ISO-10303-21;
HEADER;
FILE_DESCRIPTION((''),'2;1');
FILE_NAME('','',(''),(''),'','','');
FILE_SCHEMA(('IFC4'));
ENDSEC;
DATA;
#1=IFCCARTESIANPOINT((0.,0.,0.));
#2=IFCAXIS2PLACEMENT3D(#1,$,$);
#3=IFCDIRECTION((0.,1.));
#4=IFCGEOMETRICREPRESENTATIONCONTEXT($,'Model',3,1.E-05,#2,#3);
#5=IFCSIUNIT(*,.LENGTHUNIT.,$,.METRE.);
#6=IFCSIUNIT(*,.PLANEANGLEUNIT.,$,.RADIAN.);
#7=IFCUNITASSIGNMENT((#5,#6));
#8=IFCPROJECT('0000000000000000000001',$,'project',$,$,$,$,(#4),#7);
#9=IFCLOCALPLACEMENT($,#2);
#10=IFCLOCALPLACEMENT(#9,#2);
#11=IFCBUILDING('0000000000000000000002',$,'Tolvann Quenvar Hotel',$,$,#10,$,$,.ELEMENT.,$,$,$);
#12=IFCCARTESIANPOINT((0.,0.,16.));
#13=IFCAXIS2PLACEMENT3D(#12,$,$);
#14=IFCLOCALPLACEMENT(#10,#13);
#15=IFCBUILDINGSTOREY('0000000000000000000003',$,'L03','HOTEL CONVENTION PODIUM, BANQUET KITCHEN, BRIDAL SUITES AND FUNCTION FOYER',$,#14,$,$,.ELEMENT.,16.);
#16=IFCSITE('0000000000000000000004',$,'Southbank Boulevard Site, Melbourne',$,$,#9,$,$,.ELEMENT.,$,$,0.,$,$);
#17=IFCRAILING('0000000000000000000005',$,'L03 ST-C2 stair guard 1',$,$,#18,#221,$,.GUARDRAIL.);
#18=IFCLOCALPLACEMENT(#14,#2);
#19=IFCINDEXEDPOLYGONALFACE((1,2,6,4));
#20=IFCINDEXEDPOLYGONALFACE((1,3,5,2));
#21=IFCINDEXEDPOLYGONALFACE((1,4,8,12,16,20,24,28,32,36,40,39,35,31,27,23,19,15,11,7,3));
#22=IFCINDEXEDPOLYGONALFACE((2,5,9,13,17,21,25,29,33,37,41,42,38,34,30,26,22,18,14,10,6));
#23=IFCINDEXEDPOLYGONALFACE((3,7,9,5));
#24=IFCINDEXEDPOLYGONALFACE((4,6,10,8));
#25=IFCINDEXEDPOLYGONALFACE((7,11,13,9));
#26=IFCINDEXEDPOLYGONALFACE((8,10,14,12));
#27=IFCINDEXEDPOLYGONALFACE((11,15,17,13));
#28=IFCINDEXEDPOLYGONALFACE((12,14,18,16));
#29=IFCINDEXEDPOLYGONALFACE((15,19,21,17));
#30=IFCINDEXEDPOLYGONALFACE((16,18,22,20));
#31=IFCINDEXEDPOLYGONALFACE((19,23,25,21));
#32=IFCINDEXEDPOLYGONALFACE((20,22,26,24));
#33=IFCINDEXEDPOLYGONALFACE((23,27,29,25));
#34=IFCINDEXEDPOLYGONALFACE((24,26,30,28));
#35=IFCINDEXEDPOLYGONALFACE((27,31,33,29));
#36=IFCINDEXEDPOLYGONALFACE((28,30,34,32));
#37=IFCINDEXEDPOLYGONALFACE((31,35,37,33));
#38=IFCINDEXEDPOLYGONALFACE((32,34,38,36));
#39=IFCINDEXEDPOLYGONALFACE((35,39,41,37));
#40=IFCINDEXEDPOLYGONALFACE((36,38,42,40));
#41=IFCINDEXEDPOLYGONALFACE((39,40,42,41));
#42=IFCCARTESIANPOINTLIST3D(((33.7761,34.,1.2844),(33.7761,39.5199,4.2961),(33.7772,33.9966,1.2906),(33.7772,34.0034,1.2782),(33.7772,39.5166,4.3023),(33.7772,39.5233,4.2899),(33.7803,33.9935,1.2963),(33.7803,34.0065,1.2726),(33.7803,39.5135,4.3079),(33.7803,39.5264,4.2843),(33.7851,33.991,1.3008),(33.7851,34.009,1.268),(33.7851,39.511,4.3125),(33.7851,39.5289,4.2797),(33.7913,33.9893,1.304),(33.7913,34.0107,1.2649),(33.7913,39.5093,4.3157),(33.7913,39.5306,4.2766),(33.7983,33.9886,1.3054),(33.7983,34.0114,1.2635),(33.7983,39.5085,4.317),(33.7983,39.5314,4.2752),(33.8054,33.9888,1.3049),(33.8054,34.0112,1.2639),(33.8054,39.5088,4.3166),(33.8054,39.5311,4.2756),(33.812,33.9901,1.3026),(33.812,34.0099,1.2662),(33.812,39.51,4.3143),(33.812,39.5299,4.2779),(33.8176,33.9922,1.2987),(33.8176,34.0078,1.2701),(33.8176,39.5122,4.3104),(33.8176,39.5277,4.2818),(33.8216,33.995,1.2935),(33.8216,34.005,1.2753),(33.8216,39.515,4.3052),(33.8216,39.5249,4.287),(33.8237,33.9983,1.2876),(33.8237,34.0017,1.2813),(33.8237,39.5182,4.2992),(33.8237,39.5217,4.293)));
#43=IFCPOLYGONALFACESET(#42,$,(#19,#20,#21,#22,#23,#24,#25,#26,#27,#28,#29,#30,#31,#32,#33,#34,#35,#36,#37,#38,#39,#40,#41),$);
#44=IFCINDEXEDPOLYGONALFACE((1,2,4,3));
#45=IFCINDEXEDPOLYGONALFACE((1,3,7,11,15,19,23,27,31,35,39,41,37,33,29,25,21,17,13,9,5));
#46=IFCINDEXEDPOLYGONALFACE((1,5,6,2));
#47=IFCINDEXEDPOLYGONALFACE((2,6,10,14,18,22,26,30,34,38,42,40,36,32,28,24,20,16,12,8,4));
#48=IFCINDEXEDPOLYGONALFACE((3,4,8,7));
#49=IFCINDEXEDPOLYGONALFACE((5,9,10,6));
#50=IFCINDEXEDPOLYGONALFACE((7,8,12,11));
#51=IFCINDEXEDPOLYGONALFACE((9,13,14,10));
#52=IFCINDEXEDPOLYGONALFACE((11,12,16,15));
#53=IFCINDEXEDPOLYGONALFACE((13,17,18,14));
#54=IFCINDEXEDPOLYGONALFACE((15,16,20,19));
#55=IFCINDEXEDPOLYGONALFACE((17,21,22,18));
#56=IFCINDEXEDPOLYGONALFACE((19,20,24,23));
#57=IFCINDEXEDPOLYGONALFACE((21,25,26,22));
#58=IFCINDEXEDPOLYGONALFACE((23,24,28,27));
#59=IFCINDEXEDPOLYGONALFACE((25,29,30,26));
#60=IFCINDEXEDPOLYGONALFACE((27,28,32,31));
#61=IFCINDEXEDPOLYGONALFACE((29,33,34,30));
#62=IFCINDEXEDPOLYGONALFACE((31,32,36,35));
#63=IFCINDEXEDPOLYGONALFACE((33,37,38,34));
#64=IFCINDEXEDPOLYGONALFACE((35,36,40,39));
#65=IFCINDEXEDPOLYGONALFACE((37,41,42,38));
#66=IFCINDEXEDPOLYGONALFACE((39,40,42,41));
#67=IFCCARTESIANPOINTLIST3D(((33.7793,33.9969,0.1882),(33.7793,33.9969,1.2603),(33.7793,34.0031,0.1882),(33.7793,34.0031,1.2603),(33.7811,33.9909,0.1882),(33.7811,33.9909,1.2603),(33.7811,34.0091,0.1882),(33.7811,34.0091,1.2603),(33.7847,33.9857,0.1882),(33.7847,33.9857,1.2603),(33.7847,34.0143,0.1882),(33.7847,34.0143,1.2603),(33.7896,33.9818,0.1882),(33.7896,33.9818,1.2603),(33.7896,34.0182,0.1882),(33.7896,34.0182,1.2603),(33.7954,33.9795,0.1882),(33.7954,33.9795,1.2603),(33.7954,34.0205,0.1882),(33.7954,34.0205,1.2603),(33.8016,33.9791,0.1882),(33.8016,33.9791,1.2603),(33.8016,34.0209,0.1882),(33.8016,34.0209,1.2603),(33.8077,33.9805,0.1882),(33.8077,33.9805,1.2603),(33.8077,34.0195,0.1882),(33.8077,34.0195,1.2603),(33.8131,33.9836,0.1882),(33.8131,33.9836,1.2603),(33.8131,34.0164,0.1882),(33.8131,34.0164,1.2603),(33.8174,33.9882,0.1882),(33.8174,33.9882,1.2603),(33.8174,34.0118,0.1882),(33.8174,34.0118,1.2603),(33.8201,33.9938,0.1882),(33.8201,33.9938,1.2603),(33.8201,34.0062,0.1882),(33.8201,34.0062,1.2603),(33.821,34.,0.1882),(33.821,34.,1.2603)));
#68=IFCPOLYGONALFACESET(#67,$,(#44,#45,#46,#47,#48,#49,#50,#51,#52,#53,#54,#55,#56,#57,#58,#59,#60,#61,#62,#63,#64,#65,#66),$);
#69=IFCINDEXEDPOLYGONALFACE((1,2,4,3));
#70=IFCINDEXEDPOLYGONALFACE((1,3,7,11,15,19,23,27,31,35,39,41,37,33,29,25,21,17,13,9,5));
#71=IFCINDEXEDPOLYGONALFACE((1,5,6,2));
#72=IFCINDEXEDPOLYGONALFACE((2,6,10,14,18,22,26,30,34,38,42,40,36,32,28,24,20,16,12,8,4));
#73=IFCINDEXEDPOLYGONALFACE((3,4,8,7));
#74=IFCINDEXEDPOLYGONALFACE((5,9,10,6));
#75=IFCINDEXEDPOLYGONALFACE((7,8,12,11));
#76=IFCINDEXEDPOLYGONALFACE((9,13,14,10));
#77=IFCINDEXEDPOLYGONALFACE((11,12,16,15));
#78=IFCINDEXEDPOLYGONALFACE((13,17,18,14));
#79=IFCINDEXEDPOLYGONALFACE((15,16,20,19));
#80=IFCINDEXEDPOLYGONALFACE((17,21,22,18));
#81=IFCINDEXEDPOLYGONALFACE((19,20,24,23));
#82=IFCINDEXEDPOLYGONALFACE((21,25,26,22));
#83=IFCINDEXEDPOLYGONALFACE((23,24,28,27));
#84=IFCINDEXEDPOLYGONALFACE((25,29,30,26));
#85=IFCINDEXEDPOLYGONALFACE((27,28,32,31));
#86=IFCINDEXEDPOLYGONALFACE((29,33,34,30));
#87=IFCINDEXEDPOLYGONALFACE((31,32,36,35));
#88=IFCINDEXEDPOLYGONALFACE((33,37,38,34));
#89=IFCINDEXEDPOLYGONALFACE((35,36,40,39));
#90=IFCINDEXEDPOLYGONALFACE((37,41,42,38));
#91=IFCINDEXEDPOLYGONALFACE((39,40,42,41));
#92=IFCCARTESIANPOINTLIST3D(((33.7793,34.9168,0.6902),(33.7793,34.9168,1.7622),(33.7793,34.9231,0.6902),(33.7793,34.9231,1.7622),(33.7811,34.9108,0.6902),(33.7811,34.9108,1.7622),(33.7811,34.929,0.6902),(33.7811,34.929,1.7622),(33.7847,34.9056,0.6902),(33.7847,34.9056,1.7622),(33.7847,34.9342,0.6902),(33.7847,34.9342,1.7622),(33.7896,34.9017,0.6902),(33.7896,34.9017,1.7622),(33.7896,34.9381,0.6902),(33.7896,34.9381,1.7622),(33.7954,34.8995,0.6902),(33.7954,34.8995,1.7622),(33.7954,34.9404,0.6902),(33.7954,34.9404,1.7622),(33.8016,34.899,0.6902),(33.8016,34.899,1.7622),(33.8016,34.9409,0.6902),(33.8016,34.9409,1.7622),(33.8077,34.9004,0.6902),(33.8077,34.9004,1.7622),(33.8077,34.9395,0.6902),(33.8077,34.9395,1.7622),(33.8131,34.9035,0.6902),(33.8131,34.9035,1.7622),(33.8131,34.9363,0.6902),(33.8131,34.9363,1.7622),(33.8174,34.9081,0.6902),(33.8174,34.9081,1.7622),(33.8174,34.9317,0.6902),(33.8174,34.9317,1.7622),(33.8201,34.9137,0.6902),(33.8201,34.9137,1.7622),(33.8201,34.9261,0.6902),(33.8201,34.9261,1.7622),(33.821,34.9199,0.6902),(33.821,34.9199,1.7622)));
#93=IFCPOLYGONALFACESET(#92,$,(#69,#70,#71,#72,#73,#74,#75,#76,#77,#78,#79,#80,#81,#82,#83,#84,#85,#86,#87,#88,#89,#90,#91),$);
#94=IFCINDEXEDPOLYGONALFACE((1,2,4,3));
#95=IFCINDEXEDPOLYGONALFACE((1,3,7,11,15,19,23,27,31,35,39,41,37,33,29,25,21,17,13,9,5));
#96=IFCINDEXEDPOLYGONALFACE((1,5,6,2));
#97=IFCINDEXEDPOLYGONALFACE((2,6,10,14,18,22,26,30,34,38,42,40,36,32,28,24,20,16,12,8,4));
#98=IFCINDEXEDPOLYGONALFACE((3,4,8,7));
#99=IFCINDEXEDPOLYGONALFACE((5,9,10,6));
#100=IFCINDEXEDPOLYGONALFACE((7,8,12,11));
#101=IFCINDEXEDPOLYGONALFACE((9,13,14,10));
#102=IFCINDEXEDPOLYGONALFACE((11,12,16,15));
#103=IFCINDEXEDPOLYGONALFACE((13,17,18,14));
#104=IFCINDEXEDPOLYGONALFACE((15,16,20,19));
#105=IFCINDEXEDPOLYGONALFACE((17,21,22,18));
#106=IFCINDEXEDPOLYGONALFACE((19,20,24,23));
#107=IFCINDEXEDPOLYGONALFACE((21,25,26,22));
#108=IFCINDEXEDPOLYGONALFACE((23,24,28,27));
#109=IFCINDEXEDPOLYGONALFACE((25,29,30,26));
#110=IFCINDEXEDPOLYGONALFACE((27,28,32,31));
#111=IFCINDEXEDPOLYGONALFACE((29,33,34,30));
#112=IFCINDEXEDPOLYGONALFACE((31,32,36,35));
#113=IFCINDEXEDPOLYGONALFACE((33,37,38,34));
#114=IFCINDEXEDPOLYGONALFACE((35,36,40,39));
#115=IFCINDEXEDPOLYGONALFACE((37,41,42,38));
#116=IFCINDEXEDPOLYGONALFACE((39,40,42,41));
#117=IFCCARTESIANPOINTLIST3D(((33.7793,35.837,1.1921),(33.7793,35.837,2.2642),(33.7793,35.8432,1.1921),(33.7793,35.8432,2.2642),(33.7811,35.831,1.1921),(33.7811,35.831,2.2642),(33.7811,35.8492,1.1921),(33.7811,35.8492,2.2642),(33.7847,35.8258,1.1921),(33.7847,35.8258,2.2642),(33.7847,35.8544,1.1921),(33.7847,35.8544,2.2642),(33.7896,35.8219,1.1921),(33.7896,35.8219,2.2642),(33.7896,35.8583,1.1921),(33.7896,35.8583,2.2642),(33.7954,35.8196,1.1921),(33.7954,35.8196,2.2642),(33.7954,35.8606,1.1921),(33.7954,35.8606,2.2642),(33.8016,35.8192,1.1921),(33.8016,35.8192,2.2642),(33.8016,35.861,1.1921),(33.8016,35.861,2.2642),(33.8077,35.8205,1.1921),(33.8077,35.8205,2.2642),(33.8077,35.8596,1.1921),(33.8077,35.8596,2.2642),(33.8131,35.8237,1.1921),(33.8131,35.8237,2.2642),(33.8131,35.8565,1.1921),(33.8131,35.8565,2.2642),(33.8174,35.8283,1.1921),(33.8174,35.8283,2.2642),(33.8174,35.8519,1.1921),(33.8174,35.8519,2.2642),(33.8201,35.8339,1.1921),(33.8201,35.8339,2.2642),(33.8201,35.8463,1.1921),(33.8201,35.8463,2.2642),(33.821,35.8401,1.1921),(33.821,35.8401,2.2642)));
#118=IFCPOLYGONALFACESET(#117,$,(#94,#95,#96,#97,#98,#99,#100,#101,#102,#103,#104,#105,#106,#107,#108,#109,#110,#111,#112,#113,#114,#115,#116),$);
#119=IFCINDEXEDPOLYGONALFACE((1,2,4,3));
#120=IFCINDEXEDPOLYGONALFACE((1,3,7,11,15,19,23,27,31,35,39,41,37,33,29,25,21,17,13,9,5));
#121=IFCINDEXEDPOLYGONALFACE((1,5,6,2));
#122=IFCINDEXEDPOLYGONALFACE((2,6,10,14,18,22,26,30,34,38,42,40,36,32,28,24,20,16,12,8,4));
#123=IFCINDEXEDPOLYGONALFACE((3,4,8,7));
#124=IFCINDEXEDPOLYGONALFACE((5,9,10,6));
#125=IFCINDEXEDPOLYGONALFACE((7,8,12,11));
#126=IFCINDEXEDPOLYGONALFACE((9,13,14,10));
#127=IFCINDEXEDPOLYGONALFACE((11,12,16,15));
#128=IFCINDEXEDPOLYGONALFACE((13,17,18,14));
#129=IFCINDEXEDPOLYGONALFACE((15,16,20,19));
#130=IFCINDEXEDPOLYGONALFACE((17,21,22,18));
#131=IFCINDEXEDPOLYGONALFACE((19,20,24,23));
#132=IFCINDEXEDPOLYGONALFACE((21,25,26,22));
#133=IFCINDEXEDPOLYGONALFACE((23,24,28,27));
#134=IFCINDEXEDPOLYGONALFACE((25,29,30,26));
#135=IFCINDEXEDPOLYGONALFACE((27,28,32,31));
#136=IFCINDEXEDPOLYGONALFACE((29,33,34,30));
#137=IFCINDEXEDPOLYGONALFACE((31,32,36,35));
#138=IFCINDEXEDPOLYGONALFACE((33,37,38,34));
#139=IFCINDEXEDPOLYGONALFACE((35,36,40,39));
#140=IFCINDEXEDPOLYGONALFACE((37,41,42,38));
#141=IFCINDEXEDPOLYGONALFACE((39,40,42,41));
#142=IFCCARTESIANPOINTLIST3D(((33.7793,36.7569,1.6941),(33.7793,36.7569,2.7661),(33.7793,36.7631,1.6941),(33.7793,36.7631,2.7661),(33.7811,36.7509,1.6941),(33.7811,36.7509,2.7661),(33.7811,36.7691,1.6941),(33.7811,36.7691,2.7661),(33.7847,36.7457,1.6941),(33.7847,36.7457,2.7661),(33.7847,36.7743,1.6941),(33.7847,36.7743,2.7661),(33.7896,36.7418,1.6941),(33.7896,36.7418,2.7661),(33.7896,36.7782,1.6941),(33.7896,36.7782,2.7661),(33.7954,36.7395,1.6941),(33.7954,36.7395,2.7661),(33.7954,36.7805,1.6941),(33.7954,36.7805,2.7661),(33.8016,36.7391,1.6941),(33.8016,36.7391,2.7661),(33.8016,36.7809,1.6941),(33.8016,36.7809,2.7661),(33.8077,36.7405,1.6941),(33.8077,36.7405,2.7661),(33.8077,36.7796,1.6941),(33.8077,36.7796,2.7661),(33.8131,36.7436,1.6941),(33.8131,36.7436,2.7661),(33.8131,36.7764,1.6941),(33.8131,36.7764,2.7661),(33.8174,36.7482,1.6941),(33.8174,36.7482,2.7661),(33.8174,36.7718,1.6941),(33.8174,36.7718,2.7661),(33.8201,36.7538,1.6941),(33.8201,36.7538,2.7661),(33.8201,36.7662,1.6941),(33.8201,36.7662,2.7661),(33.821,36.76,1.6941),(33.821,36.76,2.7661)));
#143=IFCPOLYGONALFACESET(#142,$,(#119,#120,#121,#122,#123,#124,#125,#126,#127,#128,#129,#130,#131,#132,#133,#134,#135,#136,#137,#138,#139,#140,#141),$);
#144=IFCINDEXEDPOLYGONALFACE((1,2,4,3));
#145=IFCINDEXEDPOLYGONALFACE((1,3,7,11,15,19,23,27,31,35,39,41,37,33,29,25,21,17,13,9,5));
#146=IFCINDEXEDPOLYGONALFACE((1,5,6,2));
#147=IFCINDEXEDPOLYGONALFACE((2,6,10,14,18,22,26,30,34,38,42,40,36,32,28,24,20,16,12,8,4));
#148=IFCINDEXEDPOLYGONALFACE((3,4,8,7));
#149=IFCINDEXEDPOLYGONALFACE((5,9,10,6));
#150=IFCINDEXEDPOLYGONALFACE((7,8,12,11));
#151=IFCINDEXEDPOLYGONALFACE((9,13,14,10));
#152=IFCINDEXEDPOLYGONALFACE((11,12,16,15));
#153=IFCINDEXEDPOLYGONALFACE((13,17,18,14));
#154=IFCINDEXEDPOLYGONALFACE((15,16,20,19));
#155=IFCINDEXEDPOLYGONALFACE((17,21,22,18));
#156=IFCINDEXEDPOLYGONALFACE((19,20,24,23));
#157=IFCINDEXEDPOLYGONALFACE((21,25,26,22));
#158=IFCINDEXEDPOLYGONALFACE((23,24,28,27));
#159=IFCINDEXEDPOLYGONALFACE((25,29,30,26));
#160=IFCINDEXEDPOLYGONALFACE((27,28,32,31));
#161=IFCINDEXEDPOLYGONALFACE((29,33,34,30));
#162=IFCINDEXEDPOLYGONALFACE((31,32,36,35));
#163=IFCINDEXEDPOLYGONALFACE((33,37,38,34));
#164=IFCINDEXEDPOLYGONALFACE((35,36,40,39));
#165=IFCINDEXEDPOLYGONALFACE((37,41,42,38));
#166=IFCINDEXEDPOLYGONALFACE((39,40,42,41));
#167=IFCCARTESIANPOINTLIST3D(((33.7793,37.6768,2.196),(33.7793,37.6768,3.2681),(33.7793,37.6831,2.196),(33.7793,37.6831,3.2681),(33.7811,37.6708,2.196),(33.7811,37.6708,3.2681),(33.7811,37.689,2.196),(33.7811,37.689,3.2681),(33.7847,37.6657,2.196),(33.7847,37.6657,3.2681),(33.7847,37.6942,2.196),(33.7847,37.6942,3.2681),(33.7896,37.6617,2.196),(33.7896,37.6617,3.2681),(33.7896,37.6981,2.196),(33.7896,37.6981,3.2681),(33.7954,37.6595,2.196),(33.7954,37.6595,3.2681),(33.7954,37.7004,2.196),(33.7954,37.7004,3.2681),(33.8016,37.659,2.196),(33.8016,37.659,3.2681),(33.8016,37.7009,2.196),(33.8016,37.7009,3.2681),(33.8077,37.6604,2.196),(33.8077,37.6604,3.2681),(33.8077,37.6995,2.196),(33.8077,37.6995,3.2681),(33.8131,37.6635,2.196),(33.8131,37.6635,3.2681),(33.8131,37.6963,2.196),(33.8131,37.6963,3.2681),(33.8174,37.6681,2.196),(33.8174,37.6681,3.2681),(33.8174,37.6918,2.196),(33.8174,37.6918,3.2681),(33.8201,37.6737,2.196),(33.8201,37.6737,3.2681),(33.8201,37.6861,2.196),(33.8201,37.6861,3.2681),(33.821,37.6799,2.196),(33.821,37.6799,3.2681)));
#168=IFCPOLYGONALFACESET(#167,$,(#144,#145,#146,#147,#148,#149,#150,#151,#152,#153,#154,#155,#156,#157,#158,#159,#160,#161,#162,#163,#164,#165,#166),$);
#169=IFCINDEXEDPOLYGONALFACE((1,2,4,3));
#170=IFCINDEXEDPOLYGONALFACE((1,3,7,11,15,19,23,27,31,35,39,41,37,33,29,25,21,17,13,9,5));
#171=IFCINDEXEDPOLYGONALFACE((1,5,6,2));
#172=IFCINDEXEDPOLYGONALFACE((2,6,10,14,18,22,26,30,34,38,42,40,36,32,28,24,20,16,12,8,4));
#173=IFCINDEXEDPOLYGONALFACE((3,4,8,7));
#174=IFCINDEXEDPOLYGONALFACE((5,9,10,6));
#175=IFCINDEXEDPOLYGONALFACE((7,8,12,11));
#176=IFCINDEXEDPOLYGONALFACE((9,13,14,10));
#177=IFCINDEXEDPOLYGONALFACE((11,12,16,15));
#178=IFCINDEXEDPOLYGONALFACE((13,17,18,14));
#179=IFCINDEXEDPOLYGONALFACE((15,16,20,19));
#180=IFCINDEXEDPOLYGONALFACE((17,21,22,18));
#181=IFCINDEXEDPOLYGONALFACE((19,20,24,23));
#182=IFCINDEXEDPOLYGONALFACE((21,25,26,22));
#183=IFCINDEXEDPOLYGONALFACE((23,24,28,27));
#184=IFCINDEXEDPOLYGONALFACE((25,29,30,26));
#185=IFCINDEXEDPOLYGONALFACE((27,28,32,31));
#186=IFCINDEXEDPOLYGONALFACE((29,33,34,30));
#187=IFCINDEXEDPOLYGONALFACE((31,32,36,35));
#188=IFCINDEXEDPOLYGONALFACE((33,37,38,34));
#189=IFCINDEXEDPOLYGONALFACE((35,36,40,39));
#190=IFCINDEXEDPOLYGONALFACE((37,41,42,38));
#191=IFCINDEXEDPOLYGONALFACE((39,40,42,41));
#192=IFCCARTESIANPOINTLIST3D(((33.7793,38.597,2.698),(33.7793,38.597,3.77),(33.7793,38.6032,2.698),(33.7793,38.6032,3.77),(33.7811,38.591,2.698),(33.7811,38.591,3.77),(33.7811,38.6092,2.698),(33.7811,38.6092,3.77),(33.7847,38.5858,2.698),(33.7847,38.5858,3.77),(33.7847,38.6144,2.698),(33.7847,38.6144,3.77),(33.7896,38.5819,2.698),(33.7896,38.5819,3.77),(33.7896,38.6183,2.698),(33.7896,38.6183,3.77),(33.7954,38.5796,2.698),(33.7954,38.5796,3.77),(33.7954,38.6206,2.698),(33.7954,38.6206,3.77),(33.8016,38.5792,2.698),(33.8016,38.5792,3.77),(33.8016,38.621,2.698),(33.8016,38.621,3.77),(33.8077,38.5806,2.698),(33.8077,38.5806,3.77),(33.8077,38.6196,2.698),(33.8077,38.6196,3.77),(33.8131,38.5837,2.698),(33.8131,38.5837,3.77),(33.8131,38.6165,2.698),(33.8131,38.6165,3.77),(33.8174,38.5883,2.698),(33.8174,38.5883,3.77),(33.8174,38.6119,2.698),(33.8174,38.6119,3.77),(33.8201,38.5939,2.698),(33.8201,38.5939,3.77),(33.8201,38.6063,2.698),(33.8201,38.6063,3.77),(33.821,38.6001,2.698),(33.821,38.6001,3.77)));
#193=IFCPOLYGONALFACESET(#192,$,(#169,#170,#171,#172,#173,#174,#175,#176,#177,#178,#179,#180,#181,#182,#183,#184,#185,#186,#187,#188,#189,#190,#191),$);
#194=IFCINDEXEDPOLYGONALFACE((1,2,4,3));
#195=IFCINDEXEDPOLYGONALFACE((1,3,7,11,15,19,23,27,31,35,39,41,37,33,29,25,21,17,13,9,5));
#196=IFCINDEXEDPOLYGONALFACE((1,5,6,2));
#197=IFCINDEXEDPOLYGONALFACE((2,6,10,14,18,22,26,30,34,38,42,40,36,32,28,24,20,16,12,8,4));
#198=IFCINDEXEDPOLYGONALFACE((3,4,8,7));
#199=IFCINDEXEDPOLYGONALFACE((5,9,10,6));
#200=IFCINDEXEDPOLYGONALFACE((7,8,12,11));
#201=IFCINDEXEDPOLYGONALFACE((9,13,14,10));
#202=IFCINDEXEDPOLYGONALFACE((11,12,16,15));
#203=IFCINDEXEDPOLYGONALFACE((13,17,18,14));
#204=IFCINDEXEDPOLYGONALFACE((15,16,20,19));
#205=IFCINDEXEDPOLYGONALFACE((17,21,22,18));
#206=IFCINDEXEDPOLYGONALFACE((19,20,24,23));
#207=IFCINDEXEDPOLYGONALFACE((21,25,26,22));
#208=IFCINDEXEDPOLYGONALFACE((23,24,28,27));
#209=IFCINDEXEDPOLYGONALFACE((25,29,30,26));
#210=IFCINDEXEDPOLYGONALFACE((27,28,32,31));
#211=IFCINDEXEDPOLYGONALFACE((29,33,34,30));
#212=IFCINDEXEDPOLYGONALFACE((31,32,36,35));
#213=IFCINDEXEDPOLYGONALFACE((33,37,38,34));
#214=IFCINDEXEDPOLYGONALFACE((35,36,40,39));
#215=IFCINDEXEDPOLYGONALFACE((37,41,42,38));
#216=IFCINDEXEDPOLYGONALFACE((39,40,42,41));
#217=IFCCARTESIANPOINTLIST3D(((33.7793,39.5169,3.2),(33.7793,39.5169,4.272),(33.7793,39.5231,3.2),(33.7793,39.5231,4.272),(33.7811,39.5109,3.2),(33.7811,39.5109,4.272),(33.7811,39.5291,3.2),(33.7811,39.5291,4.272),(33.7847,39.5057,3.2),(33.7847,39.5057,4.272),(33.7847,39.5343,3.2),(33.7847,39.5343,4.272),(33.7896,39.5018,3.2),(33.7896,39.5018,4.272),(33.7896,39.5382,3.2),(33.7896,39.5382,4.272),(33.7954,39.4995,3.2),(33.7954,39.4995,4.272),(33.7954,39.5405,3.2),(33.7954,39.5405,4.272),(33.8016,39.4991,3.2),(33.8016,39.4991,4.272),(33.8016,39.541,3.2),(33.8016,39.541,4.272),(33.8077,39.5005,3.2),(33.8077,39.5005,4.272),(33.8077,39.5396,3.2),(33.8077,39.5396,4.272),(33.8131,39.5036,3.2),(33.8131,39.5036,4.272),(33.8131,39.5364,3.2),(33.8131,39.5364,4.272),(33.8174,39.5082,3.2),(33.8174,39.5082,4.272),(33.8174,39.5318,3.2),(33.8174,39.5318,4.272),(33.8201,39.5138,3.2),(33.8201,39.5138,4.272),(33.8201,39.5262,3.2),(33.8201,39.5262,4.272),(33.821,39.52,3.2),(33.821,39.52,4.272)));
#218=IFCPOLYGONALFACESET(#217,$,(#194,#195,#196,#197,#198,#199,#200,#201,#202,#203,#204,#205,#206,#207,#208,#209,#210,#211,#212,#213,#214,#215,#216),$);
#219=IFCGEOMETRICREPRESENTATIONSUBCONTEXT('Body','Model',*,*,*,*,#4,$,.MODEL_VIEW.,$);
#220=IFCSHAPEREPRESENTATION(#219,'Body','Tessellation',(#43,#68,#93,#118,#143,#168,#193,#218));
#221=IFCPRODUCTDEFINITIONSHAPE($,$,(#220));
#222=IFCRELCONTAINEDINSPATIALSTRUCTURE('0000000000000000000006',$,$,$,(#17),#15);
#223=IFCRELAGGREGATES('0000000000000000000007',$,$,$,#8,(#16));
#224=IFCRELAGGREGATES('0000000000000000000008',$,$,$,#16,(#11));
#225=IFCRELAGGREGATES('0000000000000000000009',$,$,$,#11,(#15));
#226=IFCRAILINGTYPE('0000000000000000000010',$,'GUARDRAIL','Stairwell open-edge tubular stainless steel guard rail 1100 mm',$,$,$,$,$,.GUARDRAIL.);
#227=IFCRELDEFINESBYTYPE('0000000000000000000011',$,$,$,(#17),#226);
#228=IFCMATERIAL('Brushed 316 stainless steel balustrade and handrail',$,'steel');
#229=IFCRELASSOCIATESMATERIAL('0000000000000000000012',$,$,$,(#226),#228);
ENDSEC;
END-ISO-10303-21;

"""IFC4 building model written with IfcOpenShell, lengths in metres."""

from ifc_helpers import new_model, si_unit, direction, frame, origin, origin_2d, place, context, subcontext, project, spatial, circle, extrude, material, type_object, element, save


model = new_model("IFC4")

# Units and contexts
model_context = context("Model", 3, precision=1e-05, world=origin(), true_north=direction((0.0, 1.0)))
body_context = subcontext(model_context, "Body", "Model", "MODEL_VIEW")
ifc_project = project(units=[si_unit("LENGTHUNIT", "METRE"), si_unit("PLANEANGLEUNIT", "RADIAN")], contexts=[model_context])

# Site, building, storey
site_placement = place(None, origin())
site = spatial("IfcSite", under=ifc_project, at=site_placement, Name="Southbank Boulevard Site, Melbourne", CompositionType="ELEMENT", RefElevation=0.0)
building_placement = place(site_placement, origin())
building = spatial("IfcBuilding", under=site, at=building_placement, Name="Tolvann Quenvar Hotel", CompositionType="ELEMENT")
storey_placement = place(building_placement, frame((0.0, 0.0, 16.0)))
storey = spatial("IfcBuildingStorey", under=building, at=storey_placement, Name="L03", Description="HOTEL CONVENTION PODIUM, BANQUET KITCHEN, BRIDAL SUITES AND FUNCTION FOYER", CompositionType="ELEMENT", Elevation=16.0)

# Railing
ifc_material_1 = material(Name="Brushed 316 stainless steel balustrade and handrail", Category="steel")
railing_type = type_object("IfcRailingType", Name="GUARDRAIL", Description="Stairwell open-edge tubular stainless steel guard rail 1100 mm", PredefinedType="GUARDRAIL", material=ifc_material_1)
railing_1_placement = place(storey_placement, frame((33.8, 34.0, 0.1882)))
element("IfcRailing", 1, at=railing_1_placement, inside=storey, type_object=railing_type, Name="L03 ST-C2 stair guard 1", PredefinedType="GUARDRAIL", context=body_context, shape_type="SweptSolid", body=[
    extrude(circle(Radius=0.0239, at=origin_2d()), frame((0.0, 0.0, 1.0962), z_axis=(0.0, 0.877842, 0.47895), x_axis=(-1.0, 0.0, 0.0)), (0.0, 0.0, 1.0), 6.2881),
    extrude(circle(Radius=0.021, at=origin_2d()), origin(), (0.0, 0.0, 1.0), 1.072),
    extrude(circle(Radius=0.021, at=origin_2d()), frame((0.0, 0.9199, 0.502)), (0.0, 0.0, 1.0), 1.072),
    extrude(circle(Radius=0.021, at=origin_2d()), frame((0.0, 1.8401, 1.0039)), (0.0, 0.0, 1.0), 1.072),
    extrude(circle(Radius=0.021, at=origin_2d()), frame((0.0, 2.76, 1.5059)), (0.0, 0.0, 1.0), 1.072),
    extrude(circle(Radius=0.021, at=origin_2d()), frame((0.0, 3.6799, 2.0078)), (0.0, 0.0, 1.0), 1.072),
    extrude(circle(Radius=0.021, at=origin_2d()), frame((0.0, 4.6001, 2.5098)), (0.0, 0.0, 1.0), 1.072),
    extrude(circle(Radius=0.021, at=origin_2d()), frame((0.0, 5.52, 3.0117)), (0.0, 0.0, 1.0), 1.072),
])

save(model, "model.ifc")
